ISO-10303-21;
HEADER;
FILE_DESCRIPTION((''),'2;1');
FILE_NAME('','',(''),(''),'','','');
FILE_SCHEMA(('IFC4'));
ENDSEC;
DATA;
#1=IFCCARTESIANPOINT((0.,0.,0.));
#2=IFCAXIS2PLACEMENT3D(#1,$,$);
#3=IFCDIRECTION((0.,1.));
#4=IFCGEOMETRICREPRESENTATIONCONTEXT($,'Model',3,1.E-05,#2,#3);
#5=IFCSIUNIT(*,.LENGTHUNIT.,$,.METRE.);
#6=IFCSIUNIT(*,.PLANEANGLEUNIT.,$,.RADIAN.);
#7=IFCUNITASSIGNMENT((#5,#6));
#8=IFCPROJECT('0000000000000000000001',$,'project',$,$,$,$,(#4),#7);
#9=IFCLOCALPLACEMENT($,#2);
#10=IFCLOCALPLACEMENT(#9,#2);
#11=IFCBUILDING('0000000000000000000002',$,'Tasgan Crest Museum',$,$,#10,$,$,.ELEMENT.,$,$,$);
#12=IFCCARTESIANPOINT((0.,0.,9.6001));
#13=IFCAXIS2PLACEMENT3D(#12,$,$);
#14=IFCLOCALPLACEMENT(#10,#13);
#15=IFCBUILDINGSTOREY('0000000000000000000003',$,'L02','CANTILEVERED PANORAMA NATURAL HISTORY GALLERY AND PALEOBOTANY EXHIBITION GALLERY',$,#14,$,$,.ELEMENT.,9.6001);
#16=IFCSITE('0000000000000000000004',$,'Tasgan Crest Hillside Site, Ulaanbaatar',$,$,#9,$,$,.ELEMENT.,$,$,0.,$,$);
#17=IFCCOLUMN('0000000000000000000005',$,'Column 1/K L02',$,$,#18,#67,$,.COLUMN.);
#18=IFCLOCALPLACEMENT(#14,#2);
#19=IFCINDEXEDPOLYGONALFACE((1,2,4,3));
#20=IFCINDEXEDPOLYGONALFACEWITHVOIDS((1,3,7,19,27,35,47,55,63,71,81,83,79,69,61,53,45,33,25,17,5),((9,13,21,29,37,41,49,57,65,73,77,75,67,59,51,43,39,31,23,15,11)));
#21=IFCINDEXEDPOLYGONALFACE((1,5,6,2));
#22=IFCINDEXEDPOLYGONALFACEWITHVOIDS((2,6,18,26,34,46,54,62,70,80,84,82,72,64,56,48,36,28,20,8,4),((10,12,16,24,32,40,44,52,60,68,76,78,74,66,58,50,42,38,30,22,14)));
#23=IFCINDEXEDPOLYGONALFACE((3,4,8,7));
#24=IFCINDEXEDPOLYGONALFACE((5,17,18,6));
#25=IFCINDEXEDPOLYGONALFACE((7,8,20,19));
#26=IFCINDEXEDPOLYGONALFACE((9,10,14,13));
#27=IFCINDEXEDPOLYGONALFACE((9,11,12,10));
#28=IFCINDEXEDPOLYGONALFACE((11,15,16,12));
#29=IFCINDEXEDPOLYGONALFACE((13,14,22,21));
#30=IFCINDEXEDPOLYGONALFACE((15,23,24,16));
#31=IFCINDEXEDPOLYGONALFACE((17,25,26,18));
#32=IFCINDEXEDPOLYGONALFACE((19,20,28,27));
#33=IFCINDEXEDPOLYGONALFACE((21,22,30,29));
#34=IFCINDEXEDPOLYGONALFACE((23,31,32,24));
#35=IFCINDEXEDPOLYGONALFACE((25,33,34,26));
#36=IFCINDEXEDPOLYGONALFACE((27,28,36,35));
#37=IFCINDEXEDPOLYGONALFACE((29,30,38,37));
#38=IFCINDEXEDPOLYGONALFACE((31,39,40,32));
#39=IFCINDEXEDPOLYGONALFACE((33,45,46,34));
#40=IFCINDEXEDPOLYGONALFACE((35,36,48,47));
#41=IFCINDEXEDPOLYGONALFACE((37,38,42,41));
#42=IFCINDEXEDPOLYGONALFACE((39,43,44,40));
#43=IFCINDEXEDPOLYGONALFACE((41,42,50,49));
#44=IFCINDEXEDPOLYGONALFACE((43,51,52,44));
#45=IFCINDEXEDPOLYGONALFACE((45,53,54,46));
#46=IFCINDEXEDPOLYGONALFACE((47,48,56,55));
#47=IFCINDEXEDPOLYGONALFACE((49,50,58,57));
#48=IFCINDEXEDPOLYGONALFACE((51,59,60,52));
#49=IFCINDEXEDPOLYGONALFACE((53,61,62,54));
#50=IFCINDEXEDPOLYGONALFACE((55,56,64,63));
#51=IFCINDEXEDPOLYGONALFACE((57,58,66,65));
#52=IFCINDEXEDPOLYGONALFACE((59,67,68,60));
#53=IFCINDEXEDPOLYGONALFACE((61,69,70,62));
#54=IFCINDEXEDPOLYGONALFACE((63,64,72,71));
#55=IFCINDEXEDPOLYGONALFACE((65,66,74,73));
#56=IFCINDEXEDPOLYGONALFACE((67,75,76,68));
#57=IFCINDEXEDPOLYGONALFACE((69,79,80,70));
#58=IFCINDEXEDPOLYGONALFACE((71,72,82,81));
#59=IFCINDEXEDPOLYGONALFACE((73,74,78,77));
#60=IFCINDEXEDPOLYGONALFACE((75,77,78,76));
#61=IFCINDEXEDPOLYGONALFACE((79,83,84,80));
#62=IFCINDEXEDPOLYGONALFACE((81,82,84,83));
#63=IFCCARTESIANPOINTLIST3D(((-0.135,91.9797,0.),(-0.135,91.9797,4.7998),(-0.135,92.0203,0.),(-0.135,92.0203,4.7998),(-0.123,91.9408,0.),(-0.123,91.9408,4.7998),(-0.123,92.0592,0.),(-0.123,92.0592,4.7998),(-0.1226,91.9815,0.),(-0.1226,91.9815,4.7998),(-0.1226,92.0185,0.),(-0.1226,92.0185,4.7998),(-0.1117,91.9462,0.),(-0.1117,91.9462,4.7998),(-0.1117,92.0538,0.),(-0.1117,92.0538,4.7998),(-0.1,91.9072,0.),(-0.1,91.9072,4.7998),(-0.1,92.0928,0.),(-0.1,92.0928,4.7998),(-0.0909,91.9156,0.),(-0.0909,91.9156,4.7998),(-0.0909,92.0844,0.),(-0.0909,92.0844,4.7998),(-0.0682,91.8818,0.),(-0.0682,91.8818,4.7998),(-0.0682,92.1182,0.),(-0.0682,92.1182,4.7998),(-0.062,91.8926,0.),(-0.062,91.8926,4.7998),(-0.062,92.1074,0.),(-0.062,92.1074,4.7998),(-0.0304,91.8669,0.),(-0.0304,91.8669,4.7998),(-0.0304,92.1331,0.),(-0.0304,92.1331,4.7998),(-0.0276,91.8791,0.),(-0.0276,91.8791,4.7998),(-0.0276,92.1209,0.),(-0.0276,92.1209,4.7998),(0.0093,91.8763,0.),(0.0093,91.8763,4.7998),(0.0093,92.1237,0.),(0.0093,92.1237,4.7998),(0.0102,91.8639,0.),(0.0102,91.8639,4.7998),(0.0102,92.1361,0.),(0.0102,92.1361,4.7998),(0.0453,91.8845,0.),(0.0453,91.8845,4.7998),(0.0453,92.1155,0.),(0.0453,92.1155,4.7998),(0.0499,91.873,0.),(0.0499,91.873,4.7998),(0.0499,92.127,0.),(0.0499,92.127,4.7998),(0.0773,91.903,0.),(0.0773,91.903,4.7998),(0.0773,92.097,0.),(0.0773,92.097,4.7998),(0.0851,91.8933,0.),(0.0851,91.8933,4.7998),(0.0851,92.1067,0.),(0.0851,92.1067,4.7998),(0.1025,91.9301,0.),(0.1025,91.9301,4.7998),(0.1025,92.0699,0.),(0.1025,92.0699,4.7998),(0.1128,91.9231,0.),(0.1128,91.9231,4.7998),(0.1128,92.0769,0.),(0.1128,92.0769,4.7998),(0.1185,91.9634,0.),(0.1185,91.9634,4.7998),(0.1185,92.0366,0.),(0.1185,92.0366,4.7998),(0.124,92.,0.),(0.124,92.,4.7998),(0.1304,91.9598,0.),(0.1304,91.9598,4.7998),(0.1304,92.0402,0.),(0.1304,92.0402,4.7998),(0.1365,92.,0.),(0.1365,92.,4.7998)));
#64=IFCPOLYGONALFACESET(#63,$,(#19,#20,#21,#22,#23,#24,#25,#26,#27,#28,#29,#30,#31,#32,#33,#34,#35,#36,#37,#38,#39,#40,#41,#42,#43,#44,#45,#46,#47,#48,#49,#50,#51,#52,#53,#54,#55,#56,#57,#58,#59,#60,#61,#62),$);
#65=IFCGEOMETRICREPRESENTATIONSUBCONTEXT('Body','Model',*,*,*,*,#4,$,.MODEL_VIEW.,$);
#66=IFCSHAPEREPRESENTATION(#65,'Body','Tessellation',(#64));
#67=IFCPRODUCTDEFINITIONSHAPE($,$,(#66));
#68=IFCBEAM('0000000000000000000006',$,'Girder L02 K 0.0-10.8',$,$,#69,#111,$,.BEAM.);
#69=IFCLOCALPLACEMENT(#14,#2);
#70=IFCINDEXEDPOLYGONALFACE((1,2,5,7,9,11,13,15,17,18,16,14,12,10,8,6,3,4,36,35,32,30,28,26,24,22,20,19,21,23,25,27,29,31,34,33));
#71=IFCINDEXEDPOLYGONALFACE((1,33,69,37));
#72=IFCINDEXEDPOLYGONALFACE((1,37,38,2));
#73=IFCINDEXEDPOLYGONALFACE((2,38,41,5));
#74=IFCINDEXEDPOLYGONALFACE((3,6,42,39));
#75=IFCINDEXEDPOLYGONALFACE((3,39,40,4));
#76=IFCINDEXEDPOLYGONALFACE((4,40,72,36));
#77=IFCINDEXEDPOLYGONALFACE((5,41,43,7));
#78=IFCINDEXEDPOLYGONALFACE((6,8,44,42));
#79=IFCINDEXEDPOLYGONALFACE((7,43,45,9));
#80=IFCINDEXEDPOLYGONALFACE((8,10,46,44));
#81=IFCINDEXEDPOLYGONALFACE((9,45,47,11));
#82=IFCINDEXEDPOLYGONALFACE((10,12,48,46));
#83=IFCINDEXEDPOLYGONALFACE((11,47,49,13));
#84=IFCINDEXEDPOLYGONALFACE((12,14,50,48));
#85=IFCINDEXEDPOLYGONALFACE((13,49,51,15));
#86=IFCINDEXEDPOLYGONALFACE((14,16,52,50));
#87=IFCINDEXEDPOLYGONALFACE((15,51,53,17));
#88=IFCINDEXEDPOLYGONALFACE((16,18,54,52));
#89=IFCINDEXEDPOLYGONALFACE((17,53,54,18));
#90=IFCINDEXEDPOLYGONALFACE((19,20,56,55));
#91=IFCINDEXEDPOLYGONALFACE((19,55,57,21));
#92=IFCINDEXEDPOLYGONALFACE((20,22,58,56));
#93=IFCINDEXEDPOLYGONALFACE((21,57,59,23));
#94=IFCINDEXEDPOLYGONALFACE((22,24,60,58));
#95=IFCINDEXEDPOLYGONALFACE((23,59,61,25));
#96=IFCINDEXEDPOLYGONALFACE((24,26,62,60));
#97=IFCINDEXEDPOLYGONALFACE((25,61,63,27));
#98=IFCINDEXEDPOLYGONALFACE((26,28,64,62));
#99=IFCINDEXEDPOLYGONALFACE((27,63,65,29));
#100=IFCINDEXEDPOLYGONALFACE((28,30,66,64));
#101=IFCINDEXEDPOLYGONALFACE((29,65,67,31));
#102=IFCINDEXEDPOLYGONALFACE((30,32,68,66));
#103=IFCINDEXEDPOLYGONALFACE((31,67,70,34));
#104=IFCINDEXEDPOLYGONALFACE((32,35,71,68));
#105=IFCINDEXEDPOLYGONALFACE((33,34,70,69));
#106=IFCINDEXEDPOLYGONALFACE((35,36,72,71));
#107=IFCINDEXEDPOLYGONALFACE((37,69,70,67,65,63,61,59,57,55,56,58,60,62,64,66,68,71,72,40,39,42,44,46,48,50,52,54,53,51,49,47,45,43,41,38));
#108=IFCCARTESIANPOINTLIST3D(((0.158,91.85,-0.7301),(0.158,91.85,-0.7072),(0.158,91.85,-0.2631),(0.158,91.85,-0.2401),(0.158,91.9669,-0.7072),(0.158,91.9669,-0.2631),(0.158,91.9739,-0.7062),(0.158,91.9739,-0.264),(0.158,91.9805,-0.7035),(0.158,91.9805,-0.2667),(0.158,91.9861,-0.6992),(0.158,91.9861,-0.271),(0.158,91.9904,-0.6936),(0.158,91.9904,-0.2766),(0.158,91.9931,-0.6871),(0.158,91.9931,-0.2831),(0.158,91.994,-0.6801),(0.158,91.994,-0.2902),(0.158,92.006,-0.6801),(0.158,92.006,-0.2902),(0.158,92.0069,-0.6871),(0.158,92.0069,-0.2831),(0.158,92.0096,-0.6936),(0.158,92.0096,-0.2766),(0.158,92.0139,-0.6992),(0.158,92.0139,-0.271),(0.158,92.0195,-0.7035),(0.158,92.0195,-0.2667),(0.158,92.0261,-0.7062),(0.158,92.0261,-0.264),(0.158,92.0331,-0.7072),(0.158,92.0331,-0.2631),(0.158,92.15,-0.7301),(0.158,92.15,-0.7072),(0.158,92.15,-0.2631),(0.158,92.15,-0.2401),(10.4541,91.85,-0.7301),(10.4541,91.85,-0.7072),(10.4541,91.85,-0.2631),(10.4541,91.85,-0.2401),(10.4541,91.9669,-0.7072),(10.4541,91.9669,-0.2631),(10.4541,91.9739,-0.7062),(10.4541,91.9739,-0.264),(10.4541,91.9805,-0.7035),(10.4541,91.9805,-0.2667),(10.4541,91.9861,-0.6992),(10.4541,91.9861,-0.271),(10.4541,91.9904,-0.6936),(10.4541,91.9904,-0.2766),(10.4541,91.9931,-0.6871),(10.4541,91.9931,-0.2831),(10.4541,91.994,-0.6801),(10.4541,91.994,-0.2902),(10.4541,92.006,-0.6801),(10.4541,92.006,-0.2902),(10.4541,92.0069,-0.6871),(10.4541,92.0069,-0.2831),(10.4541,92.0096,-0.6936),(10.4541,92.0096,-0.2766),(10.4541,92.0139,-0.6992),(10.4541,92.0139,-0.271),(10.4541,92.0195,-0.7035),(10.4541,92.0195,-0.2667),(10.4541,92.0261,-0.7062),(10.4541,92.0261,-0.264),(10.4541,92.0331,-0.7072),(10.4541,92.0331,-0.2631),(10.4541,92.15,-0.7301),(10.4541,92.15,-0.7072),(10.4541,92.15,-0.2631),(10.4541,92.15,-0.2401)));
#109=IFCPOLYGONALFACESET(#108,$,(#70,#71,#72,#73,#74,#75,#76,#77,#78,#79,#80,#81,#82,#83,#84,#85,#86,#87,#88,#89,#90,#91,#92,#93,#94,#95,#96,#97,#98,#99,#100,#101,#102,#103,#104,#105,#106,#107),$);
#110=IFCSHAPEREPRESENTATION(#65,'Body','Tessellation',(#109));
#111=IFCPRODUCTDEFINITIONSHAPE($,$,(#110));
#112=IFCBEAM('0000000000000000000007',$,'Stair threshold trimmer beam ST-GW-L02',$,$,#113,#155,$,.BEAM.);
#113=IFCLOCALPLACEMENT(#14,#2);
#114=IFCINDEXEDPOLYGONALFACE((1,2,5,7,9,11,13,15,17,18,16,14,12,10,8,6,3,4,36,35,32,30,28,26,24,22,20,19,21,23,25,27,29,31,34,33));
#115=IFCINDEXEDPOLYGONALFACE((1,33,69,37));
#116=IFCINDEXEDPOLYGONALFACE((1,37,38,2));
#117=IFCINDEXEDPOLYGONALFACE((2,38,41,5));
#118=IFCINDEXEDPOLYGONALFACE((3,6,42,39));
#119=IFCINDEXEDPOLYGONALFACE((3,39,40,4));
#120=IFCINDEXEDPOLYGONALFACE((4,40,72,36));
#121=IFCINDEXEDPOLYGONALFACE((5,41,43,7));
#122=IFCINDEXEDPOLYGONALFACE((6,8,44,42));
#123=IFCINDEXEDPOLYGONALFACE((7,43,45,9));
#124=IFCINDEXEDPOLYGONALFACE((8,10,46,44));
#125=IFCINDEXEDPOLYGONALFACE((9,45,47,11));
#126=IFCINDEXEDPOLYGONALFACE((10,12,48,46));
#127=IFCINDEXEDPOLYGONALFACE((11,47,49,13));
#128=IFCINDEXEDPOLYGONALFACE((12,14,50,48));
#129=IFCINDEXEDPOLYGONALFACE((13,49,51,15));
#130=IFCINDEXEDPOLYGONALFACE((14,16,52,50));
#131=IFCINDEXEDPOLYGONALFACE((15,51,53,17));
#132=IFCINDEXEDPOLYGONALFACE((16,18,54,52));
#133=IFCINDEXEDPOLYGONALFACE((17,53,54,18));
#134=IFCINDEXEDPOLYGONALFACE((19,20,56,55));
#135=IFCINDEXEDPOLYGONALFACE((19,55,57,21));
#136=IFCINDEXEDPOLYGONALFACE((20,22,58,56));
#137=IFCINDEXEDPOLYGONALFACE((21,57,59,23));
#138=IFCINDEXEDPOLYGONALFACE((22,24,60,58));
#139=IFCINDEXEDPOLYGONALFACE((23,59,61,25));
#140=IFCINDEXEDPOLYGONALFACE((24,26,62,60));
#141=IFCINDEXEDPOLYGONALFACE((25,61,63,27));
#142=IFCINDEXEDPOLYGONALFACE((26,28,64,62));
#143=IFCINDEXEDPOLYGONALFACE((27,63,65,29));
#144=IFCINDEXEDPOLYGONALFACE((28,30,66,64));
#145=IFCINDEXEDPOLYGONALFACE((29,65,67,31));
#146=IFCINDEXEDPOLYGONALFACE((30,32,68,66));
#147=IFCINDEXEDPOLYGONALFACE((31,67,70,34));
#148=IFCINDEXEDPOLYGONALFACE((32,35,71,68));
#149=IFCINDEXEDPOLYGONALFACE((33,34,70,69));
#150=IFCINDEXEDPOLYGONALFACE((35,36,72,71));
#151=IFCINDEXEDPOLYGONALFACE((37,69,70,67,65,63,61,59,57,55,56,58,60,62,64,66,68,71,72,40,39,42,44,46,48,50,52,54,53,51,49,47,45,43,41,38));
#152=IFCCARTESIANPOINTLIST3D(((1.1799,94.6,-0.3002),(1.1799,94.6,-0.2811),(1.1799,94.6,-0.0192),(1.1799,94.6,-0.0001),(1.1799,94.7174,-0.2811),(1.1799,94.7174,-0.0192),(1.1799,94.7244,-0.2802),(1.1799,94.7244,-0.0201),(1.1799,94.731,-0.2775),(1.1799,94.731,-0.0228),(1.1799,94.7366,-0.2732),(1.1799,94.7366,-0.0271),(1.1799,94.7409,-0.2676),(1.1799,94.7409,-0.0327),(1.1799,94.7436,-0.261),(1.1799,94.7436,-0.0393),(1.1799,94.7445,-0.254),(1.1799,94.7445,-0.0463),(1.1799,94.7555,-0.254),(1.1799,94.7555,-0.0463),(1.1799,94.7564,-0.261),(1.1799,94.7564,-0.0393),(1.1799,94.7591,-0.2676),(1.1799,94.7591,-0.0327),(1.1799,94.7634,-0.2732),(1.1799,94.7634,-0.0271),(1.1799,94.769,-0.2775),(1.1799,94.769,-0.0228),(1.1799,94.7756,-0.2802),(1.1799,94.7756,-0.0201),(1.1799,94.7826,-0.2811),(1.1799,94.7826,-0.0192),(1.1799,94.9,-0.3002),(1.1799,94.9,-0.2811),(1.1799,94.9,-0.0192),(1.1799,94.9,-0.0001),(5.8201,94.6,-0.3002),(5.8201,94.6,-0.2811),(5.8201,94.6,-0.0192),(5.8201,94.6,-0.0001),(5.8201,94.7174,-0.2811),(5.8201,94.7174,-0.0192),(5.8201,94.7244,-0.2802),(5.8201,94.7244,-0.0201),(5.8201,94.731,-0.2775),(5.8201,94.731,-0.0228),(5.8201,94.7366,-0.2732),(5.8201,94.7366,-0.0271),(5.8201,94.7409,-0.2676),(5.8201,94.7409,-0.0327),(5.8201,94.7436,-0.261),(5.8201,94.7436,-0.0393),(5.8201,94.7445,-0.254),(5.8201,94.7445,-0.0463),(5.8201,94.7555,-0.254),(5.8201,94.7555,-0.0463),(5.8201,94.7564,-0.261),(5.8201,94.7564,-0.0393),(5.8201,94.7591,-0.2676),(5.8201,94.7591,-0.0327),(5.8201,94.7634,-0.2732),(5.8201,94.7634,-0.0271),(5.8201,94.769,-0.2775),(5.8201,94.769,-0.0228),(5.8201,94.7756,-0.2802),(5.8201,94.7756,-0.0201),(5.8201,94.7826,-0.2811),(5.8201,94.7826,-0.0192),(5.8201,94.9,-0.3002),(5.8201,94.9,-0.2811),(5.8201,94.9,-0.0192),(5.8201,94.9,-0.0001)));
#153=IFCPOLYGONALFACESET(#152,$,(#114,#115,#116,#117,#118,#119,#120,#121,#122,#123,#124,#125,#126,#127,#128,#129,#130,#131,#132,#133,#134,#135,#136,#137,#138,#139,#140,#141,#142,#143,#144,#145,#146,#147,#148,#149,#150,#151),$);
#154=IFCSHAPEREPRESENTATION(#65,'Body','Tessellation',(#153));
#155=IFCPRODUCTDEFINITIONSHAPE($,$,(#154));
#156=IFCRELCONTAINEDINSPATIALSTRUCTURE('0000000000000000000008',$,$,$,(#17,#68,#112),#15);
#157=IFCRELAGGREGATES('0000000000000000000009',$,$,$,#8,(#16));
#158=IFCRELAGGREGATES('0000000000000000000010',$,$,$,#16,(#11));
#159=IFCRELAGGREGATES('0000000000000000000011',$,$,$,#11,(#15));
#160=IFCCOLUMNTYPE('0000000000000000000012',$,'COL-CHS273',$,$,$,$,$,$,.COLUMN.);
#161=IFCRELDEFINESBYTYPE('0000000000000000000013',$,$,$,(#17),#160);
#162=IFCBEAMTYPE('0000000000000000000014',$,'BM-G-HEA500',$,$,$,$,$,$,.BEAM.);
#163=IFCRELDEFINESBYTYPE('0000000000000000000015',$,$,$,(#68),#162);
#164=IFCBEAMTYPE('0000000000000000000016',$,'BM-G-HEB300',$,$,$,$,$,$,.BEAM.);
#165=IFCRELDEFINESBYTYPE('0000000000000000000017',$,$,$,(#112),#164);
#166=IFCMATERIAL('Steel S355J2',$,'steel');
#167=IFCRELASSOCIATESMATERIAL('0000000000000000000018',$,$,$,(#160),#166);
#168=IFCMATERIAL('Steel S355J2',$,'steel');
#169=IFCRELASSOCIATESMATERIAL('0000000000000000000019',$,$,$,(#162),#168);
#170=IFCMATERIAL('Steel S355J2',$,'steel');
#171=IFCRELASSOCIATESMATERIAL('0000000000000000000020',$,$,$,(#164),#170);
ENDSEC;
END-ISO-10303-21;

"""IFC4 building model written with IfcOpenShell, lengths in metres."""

from ifc_helpers import new_model, si_unit, direction, frame, origin, origin_2d, place, context, subcontext, project, spatial, hollow_circle, i_section, extrude, material, material_profile, profile_set, type_object, element, save


model = new_model("IFC4")

# Units and contexts
model_context = context("Model", 3, precision=1e-05, world=origin(), true_north=direction((0.0, 1.0)))
body_context = subcontext(model_context, "Body", "Model", "MODEL_VIEW")
ifc_project = project(units=[si_unit("LENGTHUNIT", "METRE"), si_unit("PLANEANGLEUNIT", "RADIAN")], contexts=[model_context])

# Site, building, storey
site_placement = place(None, origin())
site = spatial("IfcSite", under=ifc_project, at=site_placement, Name="Tasgan Crest Hillside Site, Ulaanbaatar", CompositionType="ELEMENT", RefElevation=0.0)
building_placement = place(site_placement, origin())
building = spatial("IfcBuilding", under=site, at=building_placement, Name="Tasgan Crest Museum", CompositionType="ELEMENT")
storey_placement = place(building_placement, frame((0.0, 0.0, 9.6001)))
storey = spatial("IfcBuildingStorey", under=building, at=storey_placement, Name="L02", Description="CANTILEVERED PANORAMA NATURAL HISTORY GALLERY AND PALEOBOTANY EXHIBITION GALLERY", CompositionType="ELEMENT", Elevation=9.6001)

# Column
ifc_material_1 = material(Name="Steel S355J2", Category="steel")
ifc_material_profile_1 = material_profile(ifc_material_1, hollow_circle(Radius=0.1365, WallThickness=0.0125, at=origin_2d()), Name="CHS 273x12.5")
ifc_profile_set_1 = profile_set([ifc_material_profile_1], Name="Steel S355J2")
column_type = type_object("IfcColumnType", Name="COL-CHS273", PredefinedType="COLUMN", material=ifc_profile_set_1)
column_placement = place(storey_placement, frame((0.0, 92.0, 0.0), z_axis=(0.0, 0.0, 1.0), x_axis=(1.0, 0.0, 0.0)))
element("IfcColumn", 1, at=column_placement, inside=storey, type_object=column_type, Name="Column 1/K L02", PredefinedType="COLUMN", context=body_context, shape_type="SweptSolid", body=[
    extrude(hollow_circle(Radius=0.1365, WallThickness=0.0125, at=origin_2d()), origin(), (0.0, 0.0, 1.0), 4.7998),
])

# Beams
ifc_material_2 = material(Name="Steel S355J2", Category="steel")
ifc_material_profile_2 = material_profile(ifc_material_2, i_section(OverallWidth=0.3, OverallDepth=0.49, WebThickness=0.012, FlangeThickness=0.0229, FilletRadius=0.0271, at=origin_2d()), Name="HEA 500")
ifc_profile_set_2 = profile_set([ifc_material_profile_2], Name="Steel S355J2")
beam_type_1 = type_object("IfcBeamType", Name="BM-G-HEA500", PredefinedType="BEAM", material=ifc_profile_set_2)
beam_1_placement = place(storey_placement, frame((0.158, 92.0, -0.4851), z_axis=(1.0, 0.0, 0.0), x_axis=(0.0, 1.0, 0.0)))
element("IfcBeam", 2, at=beam_1_placement, inside=storey, type_object=beam_type_1, Name="Girder L02 K 0.0-10.8", PredefinedType="BEAM", context=body_context, shape_type="SweptSolid", body=[
    extrude(i_section(OverallWidth=0.3, OverallDepth=0.49, WebThickness=0.012, FlangeThickness=0.0229, FilletRadius=0.0271, at=origin_2d()), origin(), (0.0, 0.0, 1.0), 10.2961),
])
ifc_material_3 = material(Name="Steel S355J2", Category="steel")
ifc_material_profile_3 = material_profile(ifc_material_3, i_section(OverallWidth=0.3, OverallDepth=0.3, WebThickness=0.011, FlangeThickness=0.019, FilletRadius=0.0271, at=origin_2d()), Name="HEB 300")
ifc_profile_set_3 = profile_set([ifc_material_profile_3], Name="Steel S355J2")
beam_type_2 = type_object("IfcBeamType", Name="BM-G-HEB300", PredefinedType="BEAM", material=ifc_profile_set_3)
beam_2_placement = place(storey_placement, frame((1.1799, 94.75, -0.1501), z_axis=(1.0, 0.0, 0.0), x_axis=(0.0, 1.0, 0.0)))
element("IfcBeam", 3, at=beam_2_placement, inside=storey, type_object=beam_type_2, Name="Stair threshold trimmer beam ST-GW-L02", PredefinedType="BEAM", context=body_context, shape_type="SweptSolid", body=[
    extrude(i_section(OverallWidth=0.3, OverallDepth=0.3, WebThickness=0.011, FlangeThickness=0.019, FilletRadius=0.0271, at=origin_2d()), origin(), (0.0, 0.0, 1.0), 4.6401),
])

save(model, "model.ifc")
